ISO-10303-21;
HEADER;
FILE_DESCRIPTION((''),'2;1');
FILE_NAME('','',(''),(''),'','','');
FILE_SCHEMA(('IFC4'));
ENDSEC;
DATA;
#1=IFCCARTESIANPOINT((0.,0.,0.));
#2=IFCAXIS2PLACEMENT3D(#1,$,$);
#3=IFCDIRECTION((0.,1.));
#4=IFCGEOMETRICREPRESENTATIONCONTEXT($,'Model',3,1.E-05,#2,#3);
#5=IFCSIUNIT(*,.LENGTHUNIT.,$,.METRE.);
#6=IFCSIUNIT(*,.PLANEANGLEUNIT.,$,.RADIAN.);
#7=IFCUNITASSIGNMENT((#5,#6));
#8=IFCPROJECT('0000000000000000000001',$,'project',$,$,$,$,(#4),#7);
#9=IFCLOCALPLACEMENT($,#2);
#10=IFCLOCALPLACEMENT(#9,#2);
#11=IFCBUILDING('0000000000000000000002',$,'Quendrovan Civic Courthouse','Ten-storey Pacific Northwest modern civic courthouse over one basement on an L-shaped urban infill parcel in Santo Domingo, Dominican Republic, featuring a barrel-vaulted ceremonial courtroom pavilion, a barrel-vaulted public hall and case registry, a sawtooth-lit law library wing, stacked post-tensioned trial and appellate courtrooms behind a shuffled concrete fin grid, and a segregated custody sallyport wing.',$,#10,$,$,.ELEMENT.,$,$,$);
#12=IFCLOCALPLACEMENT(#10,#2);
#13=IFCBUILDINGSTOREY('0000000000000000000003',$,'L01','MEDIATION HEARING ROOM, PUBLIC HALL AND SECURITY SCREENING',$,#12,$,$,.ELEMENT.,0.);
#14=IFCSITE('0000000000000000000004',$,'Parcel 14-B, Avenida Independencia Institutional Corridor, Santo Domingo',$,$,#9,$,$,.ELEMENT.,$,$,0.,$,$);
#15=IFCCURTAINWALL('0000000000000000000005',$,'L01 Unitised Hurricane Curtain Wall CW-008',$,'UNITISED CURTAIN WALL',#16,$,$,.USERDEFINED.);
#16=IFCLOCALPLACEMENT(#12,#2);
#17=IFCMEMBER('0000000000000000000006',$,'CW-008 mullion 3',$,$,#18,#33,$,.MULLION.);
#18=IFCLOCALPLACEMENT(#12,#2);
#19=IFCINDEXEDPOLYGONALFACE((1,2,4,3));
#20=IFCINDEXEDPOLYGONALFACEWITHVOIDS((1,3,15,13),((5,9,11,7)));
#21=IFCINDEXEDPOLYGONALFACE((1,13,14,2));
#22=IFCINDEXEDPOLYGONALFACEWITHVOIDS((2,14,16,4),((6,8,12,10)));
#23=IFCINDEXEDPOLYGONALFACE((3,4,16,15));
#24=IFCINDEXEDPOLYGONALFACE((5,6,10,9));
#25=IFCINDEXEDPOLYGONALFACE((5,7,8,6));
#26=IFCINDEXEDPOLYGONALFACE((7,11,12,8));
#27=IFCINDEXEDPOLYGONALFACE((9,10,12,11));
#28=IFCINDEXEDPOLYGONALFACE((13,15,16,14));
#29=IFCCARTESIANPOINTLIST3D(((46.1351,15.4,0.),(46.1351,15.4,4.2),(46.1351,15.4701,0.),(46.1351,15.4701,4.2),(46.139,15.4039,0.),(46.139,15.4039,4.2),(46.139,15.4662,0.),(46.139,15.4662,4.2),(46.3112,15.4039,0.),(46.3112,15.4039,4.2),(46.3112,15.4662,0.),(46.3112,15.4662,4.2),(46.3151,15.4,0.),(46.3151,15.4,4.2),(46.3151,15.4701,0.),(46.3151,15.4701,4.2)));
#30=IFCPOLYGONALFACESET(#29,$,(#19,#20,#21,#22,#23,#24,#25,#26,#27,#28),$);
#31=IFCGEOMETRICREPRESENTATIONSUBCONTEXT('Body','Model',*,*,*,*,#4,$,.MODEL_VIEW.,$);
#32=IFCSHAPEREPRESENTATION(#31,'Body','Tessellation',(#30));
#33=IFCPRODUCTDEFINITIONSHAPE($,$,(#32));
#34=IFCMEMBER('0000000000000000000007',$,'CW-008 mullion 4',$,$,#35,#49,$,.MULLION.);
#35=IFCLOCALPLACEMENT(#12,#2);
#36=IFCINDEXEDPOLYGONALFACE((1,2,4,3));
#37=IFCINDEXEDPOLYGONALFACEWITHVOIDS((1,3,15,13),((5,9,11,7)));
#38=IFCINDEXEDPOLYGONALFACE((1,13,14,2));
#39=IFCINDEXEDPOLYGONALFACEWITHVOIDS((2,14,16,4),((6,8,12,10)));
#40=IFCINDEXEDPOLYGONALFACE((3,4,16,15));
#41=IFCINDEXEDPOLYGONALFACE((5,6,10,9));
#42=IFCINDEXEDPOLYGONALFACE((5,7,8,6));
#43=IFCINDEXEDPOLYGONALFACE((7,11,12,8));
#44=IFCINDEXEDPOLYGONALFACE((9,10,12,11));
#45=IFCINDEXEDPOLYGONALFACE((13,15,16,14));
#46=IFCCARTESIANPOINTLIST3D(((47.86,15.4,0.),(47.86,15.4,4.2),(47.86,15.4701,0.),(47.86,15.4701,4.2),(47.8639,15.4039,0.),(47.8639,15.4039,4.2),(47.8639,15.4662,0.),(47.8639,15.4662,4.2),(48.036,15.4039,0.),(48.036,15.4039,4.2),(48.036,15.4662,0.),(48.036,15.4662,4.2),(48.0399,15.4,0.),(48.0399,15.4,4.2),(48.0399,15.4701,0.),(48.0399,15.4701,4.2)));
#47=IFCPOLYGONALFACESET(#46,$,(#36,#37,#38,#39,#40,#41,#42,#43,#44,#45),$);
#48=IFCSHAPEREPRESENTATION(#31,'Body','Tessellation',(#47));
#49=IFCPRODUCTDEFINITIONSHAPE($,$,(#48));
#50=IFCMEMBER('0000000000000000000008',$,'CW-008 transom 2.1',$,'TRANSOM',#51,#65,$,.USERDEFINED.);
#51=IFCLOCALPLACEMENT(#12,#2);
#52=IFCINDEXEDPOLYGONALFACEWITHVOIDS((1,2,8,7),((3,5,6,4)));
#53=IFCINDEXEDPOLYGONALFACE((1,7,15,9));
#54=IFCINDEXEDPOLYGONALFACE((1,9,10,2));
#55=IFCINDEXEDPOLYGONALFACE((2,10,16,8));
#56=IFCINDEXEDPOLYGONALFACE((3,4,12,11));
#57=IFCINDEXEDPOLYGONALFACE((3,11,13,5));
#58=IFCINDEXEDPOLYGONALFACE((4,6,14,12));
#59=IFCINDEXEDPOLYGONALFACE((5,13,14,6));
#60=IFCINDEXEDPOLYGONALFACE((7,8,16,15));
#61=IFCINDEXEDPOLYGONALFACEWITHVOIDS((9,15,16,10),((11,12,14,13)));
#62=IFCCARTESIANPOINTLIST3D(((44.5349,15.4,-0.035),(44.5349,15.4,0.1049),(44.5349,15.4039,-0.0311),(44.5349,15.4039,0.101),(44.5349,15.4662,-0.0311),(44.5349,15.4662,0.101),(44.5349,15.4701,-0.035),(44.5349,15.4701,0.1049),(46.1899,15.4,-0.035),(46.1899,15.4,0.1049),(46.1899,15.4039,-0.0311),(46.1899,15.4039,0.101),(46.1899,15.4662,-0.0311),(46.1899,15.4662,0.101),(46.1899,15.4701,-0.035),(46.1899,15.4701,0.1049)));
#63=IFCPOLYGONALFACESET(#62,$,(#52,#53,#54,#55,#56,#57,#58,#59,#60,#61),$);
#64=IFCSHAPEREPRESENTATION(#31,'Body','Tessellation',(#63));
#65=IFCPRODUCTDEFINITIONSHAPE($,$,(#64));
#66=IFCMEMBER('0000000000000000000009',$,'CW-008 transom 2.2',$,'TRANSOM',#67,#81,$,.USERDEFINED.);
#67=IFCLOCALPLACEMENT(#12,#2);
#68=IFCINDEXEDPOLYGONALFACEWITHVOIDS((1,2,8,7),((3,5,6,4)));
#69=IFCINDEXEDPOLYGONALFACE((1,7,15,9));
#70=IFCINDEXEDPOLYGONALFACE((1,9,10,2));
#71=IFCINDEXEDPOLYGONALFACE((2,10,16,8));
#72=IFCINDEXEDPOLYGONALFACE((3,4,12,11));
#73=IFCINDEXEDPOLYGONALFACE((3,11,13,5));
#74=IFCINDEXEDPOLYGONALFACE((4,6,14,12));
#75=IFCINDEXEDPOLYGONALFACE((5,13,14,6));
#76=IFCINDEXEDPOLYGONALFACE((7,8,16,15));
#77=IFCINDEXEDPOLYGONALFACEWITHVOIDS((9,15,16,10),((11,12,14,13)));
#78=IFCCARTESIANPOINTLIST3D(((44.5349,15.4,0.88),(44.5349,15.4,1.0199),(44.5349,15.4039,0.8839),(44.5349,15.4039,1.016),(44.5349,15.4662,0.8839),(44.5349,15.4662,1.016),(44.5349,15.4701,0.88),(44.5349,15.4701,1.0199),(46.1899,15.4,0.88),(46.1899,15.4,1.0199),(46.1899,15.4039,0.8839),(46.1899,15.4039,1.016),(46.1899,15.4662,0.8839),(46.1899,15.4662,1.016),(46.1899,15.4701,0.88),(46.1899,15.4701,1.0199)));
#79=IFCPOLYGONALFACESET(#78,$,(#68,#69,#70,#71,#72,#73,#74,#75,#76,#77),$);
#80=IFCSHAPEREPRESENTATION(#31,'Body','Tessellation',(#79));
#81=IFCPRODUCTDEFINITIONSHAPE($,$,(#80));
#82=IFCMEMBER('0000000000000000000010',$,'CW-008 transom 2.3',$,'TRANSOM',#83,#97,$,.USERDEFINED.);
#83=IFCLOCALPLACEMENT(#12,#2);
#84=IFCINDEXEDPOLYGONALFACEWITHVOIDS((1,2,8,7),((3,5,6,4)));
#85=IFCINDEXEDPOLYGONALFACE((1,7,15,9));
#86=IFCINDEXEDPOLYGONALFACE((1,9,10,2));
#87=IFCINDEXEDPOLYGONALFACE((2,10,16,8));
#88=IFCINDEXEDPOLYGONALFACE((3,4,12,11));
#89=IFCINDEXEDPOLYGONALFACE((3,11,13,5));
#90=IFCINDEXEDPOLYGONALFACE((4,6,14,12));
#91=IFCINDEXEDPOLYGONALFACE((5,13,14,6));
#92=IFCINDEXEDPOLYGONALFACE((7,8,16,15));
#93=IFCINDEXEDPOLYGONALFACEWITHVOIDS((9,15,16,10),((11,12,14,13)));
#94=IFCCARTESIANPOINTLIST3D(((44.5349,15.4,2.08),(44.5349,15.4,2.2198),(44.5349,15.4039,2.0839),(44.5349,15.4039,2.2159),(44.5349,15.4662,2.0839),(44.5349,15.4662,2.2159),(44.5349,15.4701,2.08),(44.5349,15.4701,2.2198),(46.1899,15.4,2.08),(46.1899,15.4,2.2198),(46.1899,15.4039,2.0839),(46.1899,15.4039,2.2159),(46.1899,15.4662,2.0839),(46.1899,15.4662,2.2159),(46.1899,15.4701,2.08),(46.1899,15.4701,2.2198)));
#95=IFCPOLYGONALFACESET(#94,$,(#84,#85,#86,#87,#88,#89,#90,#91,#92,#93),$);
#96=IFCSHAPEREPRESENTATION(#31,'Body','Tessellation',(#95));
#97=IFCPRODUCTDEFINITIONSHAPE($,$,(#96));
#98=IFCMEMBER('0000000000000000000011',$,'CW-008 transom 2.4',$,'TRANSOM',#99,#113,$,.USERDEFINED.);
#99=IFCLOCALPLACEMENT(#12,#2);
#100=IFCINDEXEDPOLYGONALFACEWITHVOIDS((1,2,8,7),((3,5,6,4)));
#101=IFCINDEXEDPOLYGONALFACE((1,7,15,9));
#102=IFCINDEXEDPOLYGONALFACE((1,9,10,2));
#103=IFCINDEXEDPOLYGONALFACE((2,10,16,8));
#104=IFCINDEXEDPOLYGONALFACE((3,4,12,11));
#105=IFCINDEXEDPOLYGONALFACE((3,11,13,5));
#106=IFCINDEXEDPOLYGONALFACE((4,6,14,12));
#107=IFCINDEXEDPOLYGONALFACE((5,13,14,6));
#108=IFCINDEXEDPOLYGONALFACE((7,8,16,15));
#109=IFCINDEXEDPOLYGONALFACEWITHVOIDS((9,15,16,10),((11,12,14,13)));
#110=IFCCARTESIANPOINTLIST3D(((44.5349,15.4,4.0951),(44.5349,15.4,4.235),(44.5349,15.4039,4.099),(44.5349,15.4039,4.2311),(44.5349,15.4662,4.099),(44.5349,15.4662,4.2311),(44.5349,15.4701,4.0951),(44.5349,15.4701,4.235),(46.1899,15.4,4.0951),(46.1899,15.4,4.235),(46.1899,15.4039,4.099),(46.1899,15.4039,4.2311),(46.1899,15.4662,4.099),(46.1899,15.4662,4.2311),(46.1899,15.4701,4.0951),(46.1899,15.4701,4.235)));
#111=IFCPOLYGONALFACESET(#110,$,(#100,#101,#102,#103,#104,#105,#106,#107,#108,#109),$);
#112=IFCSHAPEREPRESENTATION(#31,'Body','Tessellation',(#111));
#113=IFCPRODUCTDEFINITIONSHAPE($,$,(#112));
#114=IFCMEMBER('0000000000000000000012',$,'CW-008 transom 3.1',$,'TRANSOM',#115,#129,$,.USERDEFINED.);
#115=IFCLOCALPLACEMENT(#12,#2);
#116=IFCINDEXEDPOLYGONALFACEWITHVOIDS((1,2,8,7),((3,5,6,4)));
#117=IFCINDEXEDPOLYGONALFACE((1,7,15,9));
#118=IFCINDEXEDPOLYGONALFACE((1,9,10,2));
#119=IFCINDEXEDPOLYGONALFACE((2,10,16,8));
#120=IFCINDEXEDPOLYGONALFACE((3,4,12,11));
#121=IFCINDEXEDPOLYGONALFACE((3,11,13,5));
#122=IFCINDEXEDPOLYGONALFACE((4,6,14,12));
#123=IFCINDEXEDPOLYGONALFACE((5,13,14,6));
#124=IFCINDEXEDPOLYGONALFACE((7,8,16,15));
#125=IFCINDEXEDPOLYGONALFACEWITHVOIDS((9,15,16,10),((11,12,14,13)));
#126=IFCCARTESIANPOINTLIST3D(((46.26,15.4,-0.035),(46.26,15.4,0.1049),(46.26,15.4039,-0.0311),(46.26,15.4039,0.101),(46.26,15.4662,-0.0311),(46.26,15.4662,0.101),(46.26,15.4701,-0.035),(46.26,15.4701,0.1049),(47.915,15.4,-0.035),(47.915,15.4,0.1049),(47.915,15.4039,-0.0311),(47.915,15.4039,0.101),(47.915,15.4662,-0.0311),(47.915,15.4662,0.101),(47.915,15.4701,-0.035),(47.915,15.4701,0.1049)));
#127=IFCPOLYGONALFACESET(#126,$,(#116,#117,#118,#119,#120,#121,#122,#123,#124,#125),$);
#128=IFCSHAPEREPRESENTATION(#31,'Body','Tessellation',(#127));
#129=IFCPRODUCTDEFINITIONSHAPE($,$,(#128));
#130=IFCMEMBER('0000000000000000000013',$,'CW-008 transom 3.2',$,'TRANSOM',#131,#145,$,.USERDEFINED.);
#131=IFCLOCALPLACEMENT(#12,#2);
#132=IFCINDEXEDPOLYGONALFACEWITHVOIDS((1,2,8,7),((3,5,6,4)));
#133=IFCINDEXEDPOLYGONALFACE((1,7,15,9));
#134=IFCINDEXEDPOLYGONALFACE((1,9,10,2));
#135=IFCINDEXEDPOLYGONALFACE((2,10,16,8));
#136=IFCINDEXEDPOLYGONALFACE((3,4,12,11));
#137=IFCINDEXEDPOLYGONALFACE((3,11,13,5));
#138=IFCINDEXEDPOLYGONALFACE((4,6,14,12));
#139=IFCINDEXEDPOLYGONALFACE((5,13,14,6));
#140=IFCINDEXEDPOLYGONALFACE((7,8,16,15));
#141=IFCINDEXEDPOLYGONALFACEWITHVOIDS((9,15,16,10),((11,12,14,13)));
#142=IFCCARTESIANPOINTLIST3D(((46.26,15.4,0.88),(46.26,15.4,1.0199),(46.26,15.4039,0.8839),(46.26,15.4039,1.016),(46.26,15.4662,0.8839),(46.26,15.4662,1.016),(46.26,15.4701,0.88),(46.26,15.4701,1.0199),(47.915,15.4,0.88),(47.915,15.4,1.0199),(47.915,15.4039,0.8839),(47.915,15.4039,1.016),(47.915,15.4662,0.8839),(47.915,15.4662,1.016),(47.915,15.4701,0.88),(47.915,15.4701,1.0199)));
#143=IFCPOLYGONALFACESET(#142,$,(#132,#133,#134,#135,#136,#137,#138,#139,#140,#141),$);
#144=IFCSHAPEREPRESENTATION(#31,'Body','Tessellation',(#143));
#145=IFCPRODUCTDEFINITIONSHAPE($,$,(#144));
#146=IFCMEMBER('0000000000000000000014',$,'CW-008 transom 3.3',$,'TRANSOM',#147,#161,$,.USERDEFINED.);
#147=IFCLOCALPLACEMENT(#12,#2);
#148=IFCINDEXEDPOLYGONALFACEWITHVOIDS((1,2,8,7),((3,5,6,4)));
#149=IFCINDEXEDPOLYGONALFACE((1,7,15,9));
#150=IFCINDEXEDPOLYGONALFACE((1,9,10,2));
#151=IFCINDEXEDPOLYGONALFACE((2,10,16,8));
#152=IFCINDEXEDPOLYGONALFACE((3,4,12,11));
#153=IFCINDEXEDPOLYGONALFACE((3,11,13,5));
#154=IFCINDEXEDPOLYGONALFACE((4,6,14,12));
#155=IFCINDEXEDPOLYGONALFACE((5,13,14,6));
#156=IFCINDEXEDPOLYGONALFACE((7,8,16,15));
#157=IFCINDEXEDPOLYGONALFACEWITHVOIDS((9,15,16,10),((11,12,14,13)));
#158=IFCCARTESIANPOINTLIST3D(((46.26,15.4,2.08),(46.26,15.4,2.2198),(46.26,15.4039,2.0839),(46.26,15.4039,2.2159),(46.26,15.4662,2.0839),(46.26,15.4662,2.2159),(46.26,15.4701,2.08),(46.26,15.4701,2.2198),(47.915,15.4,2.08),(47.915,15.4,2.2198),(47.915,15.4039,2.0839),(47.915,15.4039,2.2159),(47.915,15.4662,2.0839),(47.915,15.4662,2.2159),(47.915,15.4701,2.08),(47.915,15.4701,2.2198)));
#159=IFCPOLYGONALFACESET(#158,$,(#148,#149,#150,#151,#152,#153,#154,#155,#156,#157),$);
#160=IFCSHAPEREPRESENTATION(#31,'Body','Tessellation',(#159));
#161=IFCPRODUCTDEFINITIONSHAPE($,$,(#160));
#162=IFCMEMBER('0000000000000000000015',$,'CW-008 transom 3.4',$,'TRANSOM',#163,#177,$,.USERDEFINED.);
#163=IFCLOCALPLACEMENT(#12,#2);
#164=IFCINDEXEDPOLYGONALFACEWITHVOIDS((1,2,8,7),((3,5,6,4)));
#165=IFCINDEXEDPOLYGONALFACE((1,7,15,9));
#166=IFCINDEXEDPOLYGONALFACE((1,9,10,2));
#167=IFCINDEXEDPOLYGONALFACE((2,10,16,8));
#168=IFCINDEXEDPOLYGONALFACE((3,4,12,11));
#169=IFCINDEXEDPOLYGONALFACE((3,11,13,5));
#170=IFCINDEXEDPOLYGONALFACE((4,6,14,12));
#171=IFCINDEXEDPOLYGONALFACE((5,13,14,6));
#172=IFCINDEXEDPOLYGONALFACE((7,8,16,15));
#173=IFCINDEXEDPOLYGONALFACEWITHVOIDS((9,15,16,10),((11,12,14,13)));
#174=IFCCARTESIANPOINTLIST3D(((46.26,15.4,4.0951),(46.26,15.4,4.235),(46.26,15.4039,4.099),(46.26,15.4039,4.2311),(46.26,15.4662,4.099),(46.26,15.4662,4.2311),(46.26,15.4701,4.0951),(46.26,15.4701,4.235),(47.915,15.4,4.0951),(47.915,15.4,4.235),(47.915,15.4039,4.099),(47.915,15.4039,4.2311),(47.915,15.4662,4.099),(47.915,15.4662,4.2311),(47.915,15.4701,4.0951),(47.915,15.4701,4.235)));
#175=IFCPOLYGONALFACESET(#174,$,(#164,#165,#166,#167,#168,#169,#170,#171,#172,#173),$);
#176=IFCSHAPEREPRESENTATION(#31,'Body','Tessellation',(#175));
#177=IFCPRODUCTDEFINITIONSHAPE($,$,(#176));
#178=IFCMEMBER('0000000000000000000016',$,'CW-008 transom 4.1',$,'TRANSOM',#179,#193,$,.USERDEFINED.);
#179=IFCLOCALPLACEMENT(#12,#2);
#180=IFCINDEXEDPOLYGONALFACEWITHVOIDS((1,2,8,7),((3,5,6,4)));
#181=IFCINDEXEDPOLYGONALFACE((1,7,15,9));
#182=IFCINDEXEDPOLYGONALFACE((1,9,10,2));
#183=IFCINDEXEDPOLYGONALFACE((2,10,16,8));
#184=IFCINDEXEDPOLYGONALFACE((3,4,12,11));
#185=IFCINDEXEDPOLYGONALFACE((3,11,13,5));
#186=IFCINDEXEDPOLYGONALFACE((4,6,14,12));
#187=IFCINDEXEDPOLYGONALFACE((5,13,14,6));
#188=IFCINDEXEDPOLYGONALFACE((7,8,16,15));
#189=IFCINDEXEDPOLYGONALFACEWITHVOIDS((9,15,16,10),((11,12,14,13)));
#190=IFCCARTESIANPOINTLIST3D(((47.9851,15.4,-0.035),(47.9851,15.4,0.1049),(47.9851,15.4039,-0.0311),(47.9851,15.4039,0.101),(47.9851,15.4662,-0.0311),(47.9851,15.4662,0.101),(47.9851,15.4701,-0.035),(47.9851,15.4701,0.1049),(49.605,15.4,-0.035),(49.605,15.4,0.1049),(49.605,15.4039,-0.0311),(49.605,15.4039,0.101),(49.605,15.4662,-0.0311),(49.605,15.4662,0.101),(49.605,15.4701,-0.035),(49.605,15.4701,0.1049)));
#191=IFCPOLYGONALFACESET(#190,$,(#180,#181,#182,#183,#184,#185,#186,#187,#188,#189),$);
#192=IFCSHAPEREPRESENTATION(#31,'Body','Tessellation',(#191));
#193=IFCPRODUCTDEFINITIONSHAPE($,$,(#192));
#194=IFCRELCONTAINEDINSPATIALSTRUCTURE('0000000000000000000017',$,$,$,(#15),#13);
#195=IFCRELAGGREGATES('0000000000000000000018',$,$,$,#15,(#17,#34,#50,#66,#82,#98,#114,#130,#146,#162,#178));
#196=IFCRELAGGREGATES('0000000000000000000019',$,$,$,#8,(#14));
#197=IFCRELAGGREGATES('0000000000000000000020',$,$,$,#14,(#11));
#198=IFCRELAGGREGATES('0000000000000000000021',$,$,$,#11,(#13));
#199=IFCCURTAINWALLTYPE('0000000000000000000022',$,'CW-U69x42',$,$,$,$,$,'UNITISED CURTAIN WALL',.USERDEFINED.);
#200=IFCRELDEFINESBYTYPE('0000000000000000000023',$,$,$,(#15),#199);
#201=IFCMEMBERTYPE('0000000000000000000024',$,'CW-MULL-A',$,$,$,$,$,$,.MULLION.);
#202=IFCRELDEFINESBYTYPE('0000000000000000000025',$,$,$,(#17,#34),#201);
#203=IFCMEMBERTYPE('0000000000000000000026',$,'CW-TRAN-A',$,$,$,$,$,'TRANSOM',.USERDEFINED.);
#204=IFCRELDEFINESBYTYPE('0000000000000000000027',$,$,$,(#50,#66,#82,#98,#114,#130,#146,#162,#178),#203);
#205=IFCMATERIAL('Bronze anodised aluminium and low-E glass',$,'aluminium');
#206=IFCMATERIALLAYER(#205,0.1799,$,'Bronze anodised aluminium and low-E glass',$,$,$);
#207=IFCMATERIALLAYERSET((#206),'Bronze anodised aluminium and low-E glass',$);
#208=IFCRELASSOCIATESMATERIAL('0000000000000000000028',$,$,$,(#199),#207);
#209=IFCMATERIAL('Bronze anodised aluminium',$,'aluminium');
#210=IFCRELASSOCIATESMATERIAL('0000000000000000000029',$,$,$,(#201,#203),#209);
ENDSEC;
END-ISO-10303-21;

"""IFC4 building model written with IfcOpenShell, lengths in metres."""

from ifc_helpers import new_model, si_unit, direction, frame, origin, origin_2d, place, context, subcontext, project, spatial, hollow_rectangle, extrude, material, layer, layer_set, material_profile, profile_set, type_object, element, aggregate, save


model = new_model("IFC4")

# Units and contexts
model_context = context("Model", 3, precision=1e-05, world=origin(), true_north=direction((0.0, 1.0)))
body_context = subcontext(model_context, "Body", "Model", "MODEL_VIEW")
ifc_project = project(units=[si_unit("LENGTHUNIT", "METRE"), si_unit("PLANEANGLEUNIT", "RADIAN")], contexts=[model_context])

# Site, building, storey
site_placement = place(None, origin())
site = spatial("IfcSite", under=ifc_project, at=site_placement, Name="Parcel 14-B, Avenida Independencia Institutional Corridor, Santo Domingo", CompositionType="ELEMENT", RefElevation=0.0)
building_placement = place(site_placement, origin())
building = spatial("IfcBuilding", under=site, at=building_placement, Name="Quendrovan Civic Courthouse", Description="Ten-storey Pacific Northwest modern civic courthouse over one basement on an L-shaped urban infill parcel in Santo Domingo, Dominican Republic, featuring a barrel-vaulted ceremonial courtroom pavilion, a barrel-vaulted public hall and case registry, a sawtooth-lit law library wing, stacked post-tensioned trial and appellate courtrooms behind a shuffled concrete fin grid, and a segregated custody sallyport wing.", CompositionType="ELEMENT")
storey_placement = place(building_placement, origin())
storey = spatial("IfcBuildingStorey", under=building, at=storey_placement, Name="L01", Description="MEDIATION HEARING ROOM, PUBLIC HALL AND SECURITY SCREENING", CompositionType="ELEMENT", Elevation=0.0)

# Curtain wall, members
ifc_material_1 = material(Name="Bronze anodised aluminium and low-E glass", Category="aluminium")
ifc_layer_1 = layer(ifc_material_1, 0.1799, Name="Bronze anodised aluminium and low-E glass")
ifc_layer_set_1 = layer_set([ifc_layer_1], Name="Bronze anodised aluminium and low-E glass")
curtain_wall_type = type_object("IfcCurtainWallType", Name="CW-U69x42", ElementType="UNITISED CURTAIN WALL", PredefinedType="USERDEFINED", material=ifc_layer_set_1)
curtain_wall_placement = place(storey_placement, origin())
curtain_wall = element("IfcCurtainWall", 1, at=curtain_wall_placement, inside=storey, type_object=curtain_wall_type, Name="L01 Unitised Hurricane Curtain Wall CW-008", ObjectType="UNITISED CURTAIN WALL", PredefinedType="USERDEFINED")
ifc_material_2 = material(Name="Bronze anodised aluminium", Category="aluminium")
ifc_material_profile_1 = material_profile(ifc_material_2, hollow_rectangle(XDim=0.0701, YDim=0.1799, WallThickness=0.0039, at=origin_2d()), Name="CW-MULL-70x180")
ifc_profile_set_1 = profile_set([ifc_material_profile_1], Name="Bronze anodised aluminium")
member_type_1 = type_object("IfcMemberType", Name="CW-MULL-A", PredefinedType="MULLION", material=ifc_profile_set_1)
member_1_placement = place(storey_placement, frame((46.2251, 15.4351, 0.0), z_axis=(0.0, 0.0, 1.0), x_axis=(0.0, 1.0, 0.0)))
member_1 = element("IfcMember", 2, at=member_1_placement, type_object=member_type_1, Name="CW-008 mullion 3", PredefinedType="MULLION", context=body_context, shape_type="SweptSolid", body=[
    extrude(hollow_rectangle(XDim=0.0701, YDim=0.1799, WallThickness=0.0039, at=origin_2d()), origin(), (0.0, 0.0, 1.0), 4.2),
])
member_2_placement = place(storey_placement, frame((47.95, 15.4351, 0.0), z_axis=(0.0, 0.0, 1.0), x_axis=(0.0, 1.0, 0.0)))
member_2 = element("IfcMember", 3, at=member_2_placement, type_object=member_type_1, Name="CW-008 mullion 4", PredefinedType="MULLION", context=body_context, shape_type="SweptSolid", body=[
    extrude(hollow_rectangle(XDim=0.0701, YDim=0.1799, WallThickness=0.0039, at=origin_2d()), origin(), (0.0, 0.0, 1.0), 4.2),
])
ifc_material_profile_2 = material_profile(ifc_material_2, hollow_rectangle(XDim=0.0701, YDim=0.1399, WallThickness=0.0039, at=origin_2d()), Name="CW-TRAN-70x140")
ifc_profile_set_2 = profile_set([ifc_material_profile_2], Name="Bronze anodised aluminium")
member_type_2 = type_object("IfcMemberType", Name="CW-TRAN-A", ElementType="TRANSOM", PredefinedType="USERDEFINED", material=ifc_profile_set_2)
member_3_placement = place(storey_placement, frame((44.5349, 15.4351, 0.0349), z_axis=(1.0, 0.0, 0.0), x_axis=(0.0, 1.0, 0.0)))
member_3 = element("IfcMember", 4, at=member_3_placement, type_object=member_type_2, Name="CW-008 transom 2.1", ObjectType="TRANSOM", PredefinedType="USERDEFINED", context=body_context, shape_type="SweptSolid", body=[
    extrude(hollow_rectangle(XDim=0.0701, YDim=0.1399, WallThickness=0.0039, at=origin_2d()), origin(), (0.0, 0.0, 1.0), 1.655),
])
member_4_placement = place(storey_placement, frame((44.5349, 15.4351, 0.95), z_axis=(1.0, 0.0, 0.0), x_axis=(0.0, 1.0, 0.0)))
member_4 = element("IfcMember", 5, at=member_4_placement, type_object=member_type_2, Name="CW-008 transom 2.2", ObjectType="TRANSOM", PredefinedType="USERDEFINED", context=body_context, shape_type="SweptSolid", body=[
    extrude(hollow_rectangle(XDim=0.0701, YDim=0.1399, WallThickness=0.0039, at=origin_2d()), origin(), (0.0, 0.0, 1.0), 1.655),
])
member_5_placement = place(storey_placement, frame((44.5349, 15.4351, 2.1499), z_axis=(1.0, 0.0, 0.0), x_axis=(0.0, 1.0, 0.0)))
member_5 = element("IfcMember", 6, at=member_5_placement, type_object=member_type_2, Name="CW-008 transom 2.3", ObjectType="TRANSOM", PredefinedType="USERDEFINED", context=body_context, shape_type="SweptSolid", body=[
    extrude(hollow_rectangle(XDim=0.0701, YDim=0.1399, WallThickness=0.0039, at=origin_2d()), origin(), (0.0, 0.0, 1.0), 1.655),
])
member_6_placement = place(storey_placement, frame((44.5349, 15.4351, 4.165), z_axis=(1.0, 0.0, 0.0), x_axis=(0.0, 1.0, 0.0)))
member_6 = element("IfcMember", 7, at=member_6_placement, type_object=member_type_2, Name="CW-008 transom 2.4", ObjectType="TRANSOM", PredefinedType="USERDEFINED", context=body_context, shape_type="SweptSolid", body=[
    extrude(hollow_rectangle(XDim=0.0701, YDim=0.1399, WallThickness=0.0039, at=origin_2d()), origin(), (0.0, 0.0, 1.0), 1.655),
])
member_7_placement = place(storey_placement, frame((46.26, 15.4351, 0.0349), z_axis=(1.0, 0.0, 0.0), x_axis=(0.0, 1.0, 0.0)))
member_7 = element("IfcMember", 8, at=member_7_placement, type_object=member_type_2, Name="CW-008 transom 3.1", ObjectType="TRANSOM", PredefinedType="USERDEFINED", context=body_context, shape_type="SweptSolid", body=[
    extrude(hollow_rectangle(XDim=0.0701, YDim=0.1399, WallThickness=0.0039, at=origin_2d()), origin(), (0.0, 0.0, 1.0), 1.655),
])
member_8_placement = place(storey_placement, frame((46.26, 15.4351, 0.95), z_axis=(1.0, 0.0, 0.0), x_axis=(0.0, 1.0, 0.0)))
member_8 = element("IfcMember", 9, at=member_8_placement, type_object=member_type_2, Name="CW-008 transom 3.2", ObjectType="TRANSOM", PredefinedType="USERDEFINED", context=body_context, shape_type="SweptSolid", body=[
    extrude(hollow_rectangle(XDim=0.0701, YDim=0.1399, WallThickness=0.0039, at=origin_2d()), origin(), (0.0, 0.0, 1.0), 1.655),
])
member_9_placement = place(storey_placement, frame((46.26, 15.4351, 2.1499), z_axis=(1.0, 0.0, 0.0), x_axis=(0.0, 1.0, 0.0)))
member_9 = element("IfcMember", 10, at=member_9_placement, type_object=member_type_2, Name="CW-008 transom 3.3", ObjectType="TRANSOM", PredefinedType="USERDEFINED", context=body_context, shape_type="SweptSolid", body=[
    extrude(hollow_rectangle(XDim=0.0701, YDim=0.1399, WallThickness=0.0039, at=origin_2d()), origin(), (0.0, 0.0, 1.0), 1.655),
])
member_10_placement = place(storey_placement, frame((46.26, 15.4351, 4.165), z_axis=(1.0, 0.0, 0.0), x_axis=(0.0, 1.0, 0.0)))
member_10 = element("IfcMember", 11, at=member_10_placement, type_object=member_type_2, Name="CW-008 transom 3.4", ObjectType="TRANSOM", PredefinedType="USERDEFINED", context=body_context, shape_type="SweptSolid", body=[
    extrude(hollow_rectangle(XDim=0.0701, YDim=0.1399, WallThickness=0.0039, at=origin_2d()), origin(), (0.0, 0.0, 1.0), 1.655),
])
member_11_placement = place(storey_placement, frame((47.9851, 15.4351, 0.0349), z_axis=(1.0, 0.0, 0.0), x_axis=(0.0, 1.0, 0.0)))
member_11 = element("IfcMember", 12, at=member_11_placement, type_object=member_type_2, Name="CW-008 transom 4.1", ObjectType="TRANSOM", PredefinedType="USERDEFINED", context=body_context, shape_type="SweptSolid", body=[
    extrude(hollow_rectangle(XDim=0.0701, YDim=0.1399, WallThickness=0.0039, at=origin_2d()), origin(), (0.0, 0.0, 1.0), 1.6199),
])
aggregate(curtain_wall, [member_1, member_2, member_3, member_4, member_5, member_6, member_7, member_8, member_9, member_10, member_11])

save(model, "model.ifc")
